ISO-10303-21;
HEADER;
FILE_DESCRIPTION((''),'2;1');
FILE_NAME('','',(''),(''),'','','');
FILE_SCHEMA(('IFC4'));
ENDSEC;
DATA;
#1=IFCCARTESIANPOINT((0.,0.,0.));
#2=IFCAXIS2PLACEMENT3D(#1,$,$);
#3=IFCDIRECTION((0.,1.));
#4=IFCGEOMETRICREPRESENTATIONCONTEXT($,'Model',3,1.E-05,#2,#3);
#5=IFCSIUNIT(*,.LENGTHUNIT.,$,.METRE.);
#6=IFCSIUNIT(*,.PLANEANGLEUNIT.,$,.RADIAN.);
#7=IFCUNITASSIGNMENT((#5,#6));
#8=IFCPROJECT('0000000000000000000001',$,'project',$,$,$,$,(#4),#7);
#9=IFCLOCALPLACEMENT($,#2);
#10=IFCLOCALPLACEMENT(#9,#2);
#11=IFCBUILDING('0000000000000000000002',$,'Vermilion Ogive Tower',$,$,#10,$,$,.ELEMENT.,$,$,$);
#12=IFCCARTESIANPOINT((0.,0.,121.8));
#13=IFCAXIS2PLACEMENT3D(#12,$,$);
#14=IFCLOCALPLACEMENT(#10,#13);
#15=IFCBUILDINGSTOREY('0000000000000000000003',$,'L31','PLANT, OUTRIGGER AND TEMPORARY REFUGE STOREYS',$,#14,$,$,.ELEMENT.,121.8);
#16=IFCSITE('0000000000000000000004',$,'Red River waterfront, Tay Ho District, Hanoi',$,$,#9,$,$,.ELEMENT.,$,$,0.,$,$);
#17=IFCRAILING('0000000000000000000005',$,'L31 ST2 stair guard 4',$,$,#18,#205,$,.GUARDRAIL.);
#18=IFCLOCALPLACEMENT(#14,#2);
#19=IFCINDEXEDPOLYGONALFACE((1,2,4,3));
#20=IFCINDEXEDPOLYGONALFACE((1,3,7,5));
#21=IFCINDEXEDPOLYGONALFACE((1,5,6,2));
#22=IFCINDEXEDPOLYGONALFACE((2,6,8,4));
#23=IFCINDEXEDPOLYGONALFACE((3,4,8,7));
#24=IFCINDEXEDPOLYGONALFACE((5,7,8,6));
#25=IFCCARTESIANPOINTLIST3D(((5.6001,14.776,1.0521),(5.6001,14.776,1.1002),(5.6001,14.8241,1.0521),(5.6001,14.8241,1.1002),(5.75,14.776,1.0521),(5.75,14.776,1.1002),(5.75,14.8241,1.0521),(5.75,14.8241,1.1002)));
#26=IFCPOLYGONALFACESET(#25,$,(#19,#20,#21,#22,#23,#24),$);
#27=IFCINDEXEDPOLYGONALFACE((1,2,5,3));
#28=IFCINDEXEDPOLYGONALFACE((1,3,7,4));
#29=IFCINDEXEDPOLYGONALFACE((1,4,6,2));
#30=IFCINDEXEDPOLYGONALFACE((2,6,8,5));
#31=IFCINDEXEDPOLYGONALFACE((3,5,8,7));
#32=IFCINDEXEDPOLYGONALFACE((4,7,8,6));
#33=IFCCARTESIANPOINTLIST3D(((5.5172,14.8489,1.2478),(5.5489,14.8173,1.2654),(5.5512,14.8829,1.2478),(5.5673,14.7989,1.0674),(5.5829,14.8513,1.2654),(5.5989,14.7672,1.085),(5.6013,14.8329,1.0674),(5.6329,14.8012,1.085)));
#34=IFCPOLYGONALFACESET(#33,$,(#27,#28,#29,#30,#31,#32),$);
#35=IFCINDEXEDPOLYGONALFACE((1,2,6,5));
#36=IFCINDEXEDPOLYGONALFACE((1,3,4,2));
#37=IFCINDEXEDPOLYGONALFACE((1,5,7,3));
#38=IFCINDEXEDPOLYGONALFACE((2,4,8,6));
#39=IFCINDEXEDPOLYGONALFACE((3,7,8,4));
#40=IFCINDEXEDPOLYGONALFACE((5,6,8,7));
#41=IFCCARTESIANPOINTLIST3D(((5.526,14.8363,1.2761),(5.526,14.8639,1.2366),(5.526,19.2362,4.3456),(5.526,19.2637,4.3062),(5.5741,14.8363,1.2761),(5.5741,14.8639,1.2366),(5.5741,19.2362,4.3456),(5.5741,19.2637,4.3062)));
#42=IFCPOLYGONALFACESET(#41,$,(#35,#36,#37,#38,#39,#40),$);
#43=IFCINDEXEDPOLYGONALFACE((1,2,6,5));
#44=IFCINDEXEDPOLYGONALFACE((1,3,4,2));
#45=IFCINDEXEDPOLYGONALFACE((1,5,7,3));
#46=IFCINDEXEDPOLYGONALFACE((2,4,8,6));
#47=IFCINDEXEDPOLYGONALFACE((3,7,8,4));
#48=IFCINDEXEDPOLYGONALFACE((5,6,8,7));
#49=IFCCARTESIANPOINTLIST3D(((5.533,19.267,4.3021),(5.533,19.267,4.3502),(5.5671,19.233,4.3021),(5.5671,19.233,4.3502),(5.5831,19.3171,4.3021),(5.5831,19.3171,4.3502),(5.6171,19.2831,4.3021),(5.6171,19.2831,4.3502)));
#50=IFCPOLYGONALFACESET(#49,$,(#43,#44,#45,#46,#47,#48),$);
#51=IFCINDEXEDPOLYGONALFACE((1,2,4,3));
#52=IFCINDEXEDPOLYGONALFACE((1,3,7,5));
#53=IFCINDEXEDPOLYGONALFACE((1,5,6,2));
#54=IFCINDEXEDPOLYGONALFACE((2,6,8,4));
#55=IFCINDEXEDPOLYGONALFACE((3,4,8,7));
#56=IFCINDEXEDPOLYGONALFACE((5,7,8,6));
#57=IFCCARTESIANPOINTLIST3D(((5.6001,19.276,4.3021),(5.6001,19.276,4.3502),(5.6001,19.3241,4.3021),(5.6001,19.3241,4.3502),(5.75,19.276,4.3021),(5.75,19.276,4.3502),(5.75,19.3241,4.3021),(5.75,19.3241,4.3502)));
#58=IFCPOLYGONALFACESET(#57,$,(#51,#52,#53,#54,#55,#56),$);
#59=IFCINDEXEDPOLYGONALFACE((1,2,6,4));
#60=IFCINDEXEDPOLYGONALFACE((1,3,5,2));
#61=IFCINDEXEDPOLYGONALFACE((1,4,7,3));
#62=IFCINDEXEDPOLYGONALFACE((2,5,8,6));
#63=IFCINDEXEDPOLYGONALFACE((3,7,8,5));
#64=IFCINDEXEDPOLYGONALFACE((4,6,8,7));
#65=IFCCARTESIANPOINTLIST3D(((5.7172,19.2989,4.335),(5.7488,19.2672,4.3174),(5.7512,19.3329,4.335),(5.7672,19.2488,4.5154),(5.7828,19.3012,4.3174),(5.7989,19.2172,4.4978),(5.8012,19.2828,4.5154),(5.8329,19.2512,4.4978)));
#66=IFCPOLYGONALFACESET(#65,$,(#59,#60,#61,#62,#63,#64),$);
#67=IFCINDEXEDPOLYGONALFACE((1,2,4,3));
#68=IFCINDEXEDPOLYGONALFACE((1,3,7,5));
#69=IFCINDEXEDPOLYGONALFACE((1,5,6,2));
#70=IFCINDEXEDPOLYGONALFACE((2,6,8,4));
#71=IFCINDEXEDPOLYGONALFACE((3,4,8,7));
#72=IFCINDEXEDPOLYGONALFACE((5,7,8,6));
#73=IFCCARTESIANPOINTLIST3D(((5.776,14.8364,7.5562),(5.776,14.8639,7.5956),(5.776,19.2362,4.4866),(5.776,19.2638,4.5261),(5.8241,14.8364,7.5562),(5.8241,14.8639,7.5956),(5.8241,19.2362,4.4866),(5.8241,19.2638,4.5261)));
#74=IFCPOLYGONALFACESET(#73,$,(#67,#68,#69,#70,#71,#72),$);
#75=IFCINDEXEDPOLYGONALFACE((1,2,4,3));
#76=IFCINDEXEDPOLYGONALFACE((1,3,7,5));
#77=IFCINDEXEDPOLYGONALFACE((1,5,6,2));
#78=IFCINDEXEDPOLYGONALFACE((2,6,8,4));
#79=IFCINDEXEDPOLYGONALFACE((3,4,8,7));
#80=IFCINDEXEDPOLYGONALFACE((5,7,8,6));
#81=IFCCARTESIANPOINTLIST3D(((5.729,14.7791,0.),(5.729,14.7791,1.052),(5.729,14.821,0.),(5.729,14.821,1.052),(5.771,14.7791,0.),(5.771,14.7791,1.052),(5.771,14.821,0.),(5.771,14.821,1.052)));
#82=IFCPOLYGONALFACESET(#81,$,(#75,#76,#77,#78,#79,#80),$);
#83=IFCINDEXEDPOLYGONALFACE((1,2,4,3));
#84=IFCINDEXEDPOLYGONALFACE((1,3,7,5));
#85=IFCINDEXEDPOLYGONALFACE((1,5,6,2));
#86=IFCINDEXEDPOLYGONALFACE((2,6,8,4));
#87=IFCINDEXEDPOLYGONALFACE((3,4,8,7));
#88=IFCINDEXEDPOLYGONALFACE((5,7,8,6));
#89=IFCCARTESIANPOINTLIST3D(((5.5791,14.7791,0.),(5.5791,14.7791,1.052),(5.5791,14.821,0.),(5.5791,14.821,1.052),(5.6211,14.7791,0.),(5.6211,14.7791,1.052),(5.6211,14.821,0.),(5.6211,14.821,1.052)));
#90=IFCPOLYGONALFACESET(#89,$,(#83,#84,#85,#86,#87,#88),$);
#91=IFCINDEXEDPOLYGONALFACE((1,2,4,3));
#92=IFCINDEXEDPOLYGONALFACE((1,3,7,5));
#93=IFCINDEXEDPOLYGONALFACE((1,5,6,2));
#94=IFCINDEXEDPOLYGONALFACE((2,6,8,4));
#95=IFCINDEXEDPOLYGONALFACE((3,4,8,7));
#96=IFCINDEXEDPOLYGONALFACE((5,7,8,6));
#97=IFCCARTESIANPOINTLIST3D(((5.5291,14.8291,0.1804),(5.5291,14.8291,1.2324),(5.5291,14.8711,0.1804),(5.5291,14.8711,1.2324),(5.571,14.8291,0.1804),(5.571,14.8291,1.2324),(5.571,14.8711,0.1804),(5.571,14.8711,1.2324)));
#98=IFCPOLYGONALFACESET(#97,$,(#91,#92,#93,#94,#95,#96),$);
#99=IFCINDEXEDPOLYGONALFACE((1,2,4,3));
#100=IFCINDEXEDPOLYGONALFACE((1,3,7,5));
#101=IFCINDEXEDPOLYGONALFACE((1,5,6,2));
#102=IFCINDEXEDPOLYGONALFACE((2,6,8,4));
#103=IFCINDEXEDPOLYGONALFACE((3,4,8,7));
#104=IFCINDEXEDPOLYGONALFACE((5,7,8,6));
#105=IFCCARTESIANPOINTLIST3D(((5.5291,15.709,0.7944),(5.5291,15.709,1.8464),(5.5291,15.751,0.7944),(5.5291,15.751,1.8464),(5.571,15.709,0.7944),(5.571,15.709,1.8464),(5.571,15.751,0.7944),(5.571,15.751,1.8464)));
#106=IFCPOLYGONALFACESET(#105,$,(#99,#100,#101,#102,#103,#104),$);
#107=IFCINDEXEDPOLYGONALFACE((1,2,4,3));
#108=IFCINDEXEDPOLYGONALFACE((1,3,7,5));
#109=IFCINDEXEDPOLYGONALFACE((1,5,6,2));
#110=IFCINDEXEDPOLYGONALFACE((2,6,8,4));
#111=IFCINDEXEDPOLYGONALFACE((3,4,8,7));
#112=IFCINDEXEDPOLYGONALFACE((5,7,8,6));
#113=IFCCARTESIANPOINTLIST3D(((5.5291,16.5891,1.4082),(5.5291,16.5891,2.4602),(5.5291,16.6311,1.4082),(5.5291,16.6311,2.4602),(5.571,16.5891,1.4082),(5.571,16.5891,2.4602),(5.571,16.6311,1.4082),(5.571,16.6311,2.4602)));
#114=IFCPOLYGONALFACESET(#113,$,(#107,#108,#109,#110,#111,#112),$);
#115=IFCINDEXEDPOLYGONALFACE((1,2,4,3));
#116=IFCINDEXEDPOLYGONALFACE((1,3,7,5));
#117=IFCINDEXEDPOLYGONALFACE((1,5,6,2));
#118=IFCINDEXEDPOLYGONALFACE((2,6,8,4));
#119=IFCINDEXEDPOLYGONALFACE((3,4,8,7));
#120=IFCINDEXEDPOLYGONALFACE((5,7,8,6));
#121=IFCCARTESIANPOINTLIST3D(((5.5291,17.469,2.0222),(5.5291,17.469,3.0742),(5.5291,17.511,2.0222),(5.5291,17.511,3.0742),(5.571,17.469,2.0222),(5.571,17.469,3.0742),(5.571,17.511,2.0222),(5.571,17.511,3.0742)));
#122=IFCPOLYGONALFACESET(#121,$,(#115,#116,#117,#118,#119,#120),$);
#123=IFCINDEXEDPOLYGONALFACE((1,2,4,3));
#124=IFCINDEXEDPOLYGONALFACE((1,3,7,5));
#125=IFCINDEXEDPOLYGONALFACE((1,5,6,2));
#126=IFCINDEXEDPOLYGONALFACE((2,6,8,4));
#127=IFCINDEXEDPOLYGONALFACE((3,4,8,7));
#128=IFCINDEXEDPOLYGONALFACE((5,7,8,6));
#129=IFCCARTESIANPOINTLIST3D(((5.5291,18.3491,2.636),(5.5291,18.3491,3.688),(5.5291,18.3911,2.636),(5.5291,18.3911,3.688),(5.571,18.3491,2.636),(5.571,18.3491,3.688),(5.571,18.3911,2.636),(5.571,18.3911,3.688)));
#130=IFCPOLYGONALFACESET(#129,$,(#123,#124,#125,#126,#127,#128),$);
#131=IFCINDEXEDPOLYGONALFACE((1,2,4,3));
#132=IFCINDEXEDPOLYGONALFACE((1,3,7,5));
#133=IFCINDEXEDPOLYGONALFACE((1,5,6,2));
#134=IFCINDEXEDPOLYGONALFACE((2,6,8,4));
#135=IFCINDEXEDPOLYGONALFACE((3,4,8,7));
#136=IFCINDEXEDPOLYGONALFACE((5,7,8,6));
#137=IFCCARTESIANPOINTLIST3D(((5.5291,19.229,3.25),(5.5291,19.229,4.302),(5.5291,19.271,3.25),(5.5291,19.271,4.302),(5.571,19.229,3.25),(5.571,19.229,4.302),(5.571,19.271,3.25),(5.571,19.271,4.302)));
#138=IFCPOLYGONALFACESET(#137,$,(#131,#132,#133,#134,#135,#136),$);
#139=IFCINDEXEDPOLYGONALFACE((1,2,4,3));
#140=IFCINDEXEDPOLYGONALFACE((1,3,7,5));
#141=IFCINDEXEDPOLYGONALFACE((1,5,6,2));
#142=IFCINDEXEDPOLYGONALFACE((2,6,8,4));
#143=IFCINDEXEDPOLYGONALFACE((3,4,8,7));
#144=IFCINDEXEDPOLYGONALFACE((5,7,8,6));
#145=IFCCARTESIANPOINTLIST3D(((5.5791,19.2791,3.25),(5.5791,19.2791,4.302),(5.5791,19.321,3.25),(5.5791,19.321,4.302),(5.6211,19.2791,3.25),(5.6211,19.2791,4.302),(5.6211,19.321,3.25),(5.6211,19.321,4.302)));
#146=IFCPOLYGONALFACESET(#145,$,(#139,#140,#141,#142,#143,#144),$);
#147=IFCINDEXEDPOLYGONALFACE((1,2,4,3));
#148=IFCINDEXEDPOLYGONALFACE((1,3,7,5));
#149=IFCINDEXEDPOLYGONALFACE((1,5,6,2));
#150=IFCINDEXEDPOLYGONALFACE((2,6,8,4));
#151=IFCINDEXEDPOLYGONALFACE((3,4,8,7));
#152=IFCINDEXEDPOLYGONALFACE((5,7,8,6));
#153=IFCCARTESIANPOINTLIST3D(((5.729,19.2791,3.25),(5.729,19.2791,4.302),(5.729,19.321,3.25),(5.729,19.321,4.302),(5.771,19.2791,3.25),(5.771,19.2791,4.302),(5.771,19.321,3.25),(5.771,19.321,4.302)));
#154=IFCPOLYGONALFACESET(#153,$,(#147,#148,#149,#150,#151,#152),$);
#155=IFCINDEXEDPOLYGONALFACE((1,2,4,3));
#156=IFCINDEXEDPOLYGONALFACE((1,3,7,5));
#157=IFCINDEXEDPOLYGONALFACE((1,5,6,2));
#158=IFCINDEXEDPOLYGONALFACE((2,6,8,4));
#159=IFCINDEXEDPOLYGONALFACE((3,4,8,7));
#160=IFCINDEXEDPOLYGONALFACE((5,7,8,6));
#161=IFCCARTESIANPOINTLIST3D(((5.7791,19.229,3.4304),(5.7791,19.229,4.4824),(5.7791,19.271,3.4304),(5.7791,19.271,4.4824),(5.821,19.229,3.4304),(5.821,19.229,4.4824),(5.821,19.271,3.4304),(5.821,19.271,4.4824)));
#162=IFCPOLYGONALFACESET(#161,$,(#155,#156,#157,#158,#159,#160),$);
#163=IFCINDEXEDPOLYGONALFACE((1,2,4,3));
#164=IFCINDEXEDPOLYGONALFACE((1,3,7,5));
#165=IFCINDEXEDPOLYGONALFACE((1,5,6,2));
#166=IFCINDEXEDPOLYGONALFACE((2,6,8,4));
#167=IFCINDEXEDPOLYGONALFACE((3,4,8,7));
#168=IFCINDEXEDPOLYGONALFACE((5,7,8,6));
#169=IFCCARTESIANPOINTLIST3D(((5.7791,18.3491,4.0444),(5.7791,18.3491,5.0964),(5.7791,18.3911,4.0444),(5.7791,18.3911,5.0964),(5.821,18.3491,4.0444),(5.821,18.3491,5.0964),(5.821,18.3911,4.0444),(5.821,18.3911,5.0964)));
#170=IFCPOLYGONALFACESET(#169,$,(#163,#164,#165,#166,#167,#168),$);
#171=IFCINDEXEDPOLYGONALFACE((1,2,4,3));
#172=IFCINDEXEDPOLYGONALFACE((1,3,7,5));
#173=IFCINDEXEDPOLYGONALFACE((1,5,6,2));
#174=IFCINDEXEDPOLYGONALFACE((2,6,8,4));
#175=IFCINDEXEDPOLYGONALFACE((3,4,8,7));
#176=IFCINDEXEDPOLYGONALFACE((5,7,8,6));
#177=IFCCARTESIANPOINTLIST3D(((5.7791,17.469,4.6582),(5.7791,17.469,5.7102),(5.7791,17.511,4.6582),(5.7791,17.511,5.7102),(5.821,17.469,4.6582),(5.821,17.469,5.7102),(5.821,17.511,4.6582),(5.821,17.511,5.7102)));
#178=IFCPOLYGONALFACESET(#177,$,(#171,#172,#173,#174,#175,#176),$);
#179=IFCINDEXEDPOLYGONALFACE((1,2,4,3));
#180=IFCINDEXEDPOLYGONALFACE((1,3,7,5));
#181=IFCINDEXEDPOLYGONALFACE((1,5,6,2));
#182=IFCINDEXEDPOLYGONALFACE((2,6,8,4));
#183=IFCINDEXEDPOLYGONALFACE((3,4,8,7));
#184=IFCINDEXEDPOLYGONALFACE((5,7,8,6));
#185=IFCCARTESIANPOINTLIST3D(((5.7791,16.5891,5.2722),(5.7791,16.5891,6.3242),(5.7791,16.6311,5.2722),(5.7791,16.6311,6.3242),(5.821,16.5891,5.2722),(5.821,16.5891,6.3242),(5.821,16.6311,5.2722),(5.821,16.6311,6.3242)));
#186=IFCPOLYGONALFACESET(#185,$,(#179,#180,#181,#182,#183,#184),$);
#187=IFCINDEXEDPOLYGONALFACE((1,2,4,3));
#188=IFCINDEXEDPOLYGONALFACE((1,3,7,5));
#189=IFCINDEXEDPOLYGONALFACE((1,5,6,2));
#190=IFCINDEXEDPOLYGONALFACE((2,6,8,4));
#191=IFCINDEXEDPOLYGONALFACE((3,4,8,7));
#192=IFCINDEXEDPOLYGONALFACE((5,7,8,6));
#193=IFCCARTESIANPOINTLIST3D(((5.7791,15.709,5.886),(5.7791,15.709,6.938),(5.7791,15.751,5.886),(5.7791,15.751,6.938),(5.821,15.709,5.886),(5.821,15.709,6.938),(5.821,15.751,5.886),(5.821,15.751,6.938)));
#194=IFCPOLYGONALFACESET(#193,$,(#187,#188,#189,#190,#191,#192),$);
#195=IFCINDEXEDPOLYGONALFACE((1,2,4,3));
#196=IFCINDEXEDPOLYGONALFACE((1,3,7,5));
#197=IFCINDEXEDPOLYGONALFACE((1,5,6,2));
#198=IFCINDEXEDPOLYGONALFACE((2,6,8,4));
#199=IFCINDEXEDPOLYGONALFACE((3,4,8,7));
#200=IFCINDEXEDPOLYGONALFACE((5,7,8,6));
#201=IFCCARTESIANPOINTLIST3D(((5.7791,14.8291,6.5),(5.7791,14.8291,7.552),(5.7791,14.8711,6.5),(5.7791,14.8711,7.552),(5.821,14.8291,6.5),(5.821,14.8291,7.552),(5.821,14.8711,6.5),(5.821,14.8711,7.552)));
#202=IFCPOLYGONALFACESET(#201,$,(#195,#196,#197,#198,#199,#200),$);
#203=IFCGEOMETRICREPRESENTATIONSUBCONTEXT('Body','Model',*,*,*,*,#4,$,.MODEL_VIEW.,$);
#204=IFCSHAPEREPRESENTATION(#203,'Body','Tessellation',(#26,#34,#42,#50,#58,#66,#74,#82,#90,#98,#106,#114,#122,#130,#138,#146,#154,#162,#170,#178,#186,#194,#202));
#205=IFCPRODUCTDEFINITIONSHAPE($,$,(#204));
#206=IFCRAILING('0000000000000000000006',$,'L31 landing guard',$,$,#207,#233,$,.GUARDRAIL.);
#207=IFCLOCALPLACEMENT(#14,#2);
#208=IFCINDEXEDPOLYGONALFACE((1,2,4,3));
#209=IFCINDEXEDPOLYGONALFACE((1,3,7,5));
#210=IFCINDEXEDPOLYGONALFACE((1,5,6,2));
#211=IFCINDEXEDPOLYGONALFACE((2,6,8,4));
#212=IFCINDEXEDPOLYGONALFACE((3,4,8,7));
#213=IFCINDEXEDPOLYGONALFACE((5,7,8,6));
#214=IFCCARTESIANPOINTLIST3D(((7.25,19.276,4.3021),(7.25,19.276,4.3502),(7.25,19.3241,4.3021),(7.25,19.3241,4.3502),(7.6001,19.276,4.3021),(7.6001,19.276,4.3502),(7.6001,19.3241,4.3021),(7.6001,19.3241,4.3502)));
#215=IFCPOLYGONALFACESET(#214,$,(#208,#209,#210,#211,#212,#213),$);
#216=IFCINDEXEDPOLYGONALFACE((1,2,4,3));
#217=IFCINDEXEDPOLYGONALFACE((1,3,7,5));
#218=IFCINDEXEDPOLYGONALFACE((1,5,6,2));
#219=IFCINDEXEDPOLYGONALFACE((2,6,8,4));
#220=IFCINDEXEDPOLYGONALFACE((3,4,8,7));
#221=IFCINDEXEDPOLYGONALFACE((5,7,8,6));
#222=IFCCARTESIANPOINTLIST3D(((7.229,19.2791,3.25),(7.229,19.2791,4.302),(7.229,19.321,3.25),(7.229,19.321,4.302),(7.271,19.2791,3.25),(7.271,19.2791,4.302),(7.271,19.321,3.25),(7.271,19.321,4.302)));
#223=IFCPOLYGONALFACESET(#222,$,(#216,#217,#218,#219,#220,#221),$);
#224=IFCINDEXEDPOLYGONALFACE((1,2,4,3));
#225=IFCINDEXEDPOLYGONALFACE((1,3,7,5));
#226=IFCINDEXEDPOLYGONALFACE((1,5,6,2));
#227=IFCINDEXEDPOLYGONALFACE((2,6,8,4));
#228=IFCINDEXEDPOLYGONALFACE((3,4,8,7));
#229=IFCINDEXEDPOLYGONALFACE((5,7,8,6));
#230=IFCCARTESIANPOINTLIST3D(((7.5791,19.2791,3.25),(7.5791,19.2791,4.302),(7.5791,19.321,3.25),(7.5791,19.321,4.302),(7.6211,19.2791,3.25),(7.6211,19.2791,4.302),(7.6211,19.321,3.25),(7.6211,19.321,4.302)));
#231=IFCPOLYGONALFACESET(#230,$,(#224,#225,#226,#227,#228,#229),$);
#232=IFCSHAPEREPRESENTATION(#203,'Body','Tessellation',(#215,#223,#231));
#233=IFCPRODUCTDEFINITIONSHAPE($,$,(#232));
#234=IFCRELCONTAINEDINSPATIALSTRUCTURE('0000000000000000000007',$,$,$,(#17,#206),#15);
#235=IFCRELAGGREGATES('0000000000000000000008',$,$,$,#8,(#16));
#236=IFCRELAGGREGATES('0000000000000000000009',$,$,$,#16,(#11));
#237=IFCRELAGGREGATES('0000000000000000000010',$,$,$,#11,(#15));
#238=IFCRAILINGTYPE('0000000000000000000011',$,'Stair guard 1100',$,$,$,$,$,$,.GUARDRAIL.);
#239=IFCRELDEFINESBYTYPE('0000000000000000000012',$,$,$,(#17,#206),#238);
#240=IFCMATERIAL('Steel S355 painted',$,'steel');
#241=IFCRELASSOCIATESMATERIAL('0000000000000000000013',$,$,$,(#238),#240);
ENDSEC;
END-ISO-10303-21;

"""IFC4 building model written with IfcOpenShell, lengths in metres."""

from ifc_helpers import new_model, si_unit, direction, frame, origin, origin_2d, place, context, subcontext, project, spatial, rectangle, extrude, material, type_object, element, save


model = new_model("IFC4")

# Units and contexts
model_context = context("Model", 3, precision=1e-05, world=origin(), true_north=direction((0.0, 1.0)))
body_context = subcontext(model_context, "Body", "Model", "MODEL_VIEW")
ifc_project = project(units=[si_unit("LENGTHUNIT", "METRE"), si_unit("PLANEANGLEUNIT", "RADIAN")], contexts=[model_context])

# Site, building, storey
site_placement = place(None, origin())
site = spatial("IfcSite", under=ifc_project, at=site_placement, Name="Red River waterfront, Tay Ho District, Hanoi", CompositionType="ELEMENT", RefElevation=0.0)
building_placement = place(site_placement, origin())
building = spatial("IfcBuilding", under=site, at=building_placement, Name="Vermilion Ogive Tower", CompositionType="ELEMENT")
storey_placement = place(building_placement, frame((0.0, 0.0, 121.8)))
storey = spatial("IfcBuildingStorey", under=building, at=storey_placement, Name="L31", Description="PLANT, OUTRIGGER AND TEMPORARY REFUGE STOREYS", CompositionType="ELEMENT", Elevation=121.8)

# Railings
ifc_material_1 = material(Name="Steel S355 painted", Category="steel")
railing_type_1 = type_object("IfcRailingType", Name="Stair guard 1100", PredefinedType="GUARDRAIL", material=ifc_material_1)
railing_1_placement = place(storey_placement, frame((5.75, 14.8, 0.0)))
element("IfcRailing", 1, at=railing_1_placement, inside=storey, type_object=railing_type_1, Name="L31 ST2 stair guard 4", PredefinedType="GUARDRAIL", context=body_context, shape_type="SweptSolid", body=[
    extrude(rectangle(XDim=0.0481, YDim=0.0481, at=origin_2d()), frame((0.0, 0.0, 1.0762), z_axis=(-1.0, 0.0, 0.0), x_axis=(0.0, -1.0, 0.0)), (0.0, 0.0, 1.0), 0.1499),
    extrude(rectangle(XDim=0.0481, YDim=0.0481, at=origin_2d()), frame((-0.1499, 0.0, 1.0762), z_axis=(-0.258241, 0.258241, 0.930926), x_axis=(-0.707107, -0.707107, 0.0)), (0.0, 0.0, 1.0), 0.1938),
    extrude(rectangle(XDim=0.0481, YDim=0.0481, at=origin_2d()), frame((-0.2, 0.05, 1.2563), z_axis=(0.0, 0.820137, 0.572167), x_axis=(-1.0, 0.0, 0.0)), (0.0, 0.0, 1.0), 5.3647),
    extrude(rectangle(XDim=0.0481, YDim=0.0481, at=origin_2d()), frame((-0.2, 4.45, 4.3262), z_axis=(0.707107, 0.707107, 0.0), x_axis=(-0.707107, 0.707107, 0.0)), (0.0, 0.0, 1.0), 0.0708),
    extrude(rectangle(XDim=0.0481, YDim=0.0481, at=origin_2d()), frame((-0.1499, 4.5, 4.3262), z_axis=(1.0, 0.0, 0.0), x_axis=(0.0, 1.0, 0.0)), (0.0, 0.0, 1.0), 0.1499),
    extrude(rectangle(XDim=0.0481, YDim=0.0481, at=origin_2d()), frame((0.0, 4.5, 4.3262), z_axis=(0.258241, -0.258241, 0.930926), x_axis=(0.707107, 0.707107, 0.0)), (0.0, 0.0, 1.0), 0.1938),
    extrude(rectangle(XDim=0.0481, YDim=0.0481, at=origin_2d()), frame((0.05, 4.45, 4.5063), z_axis=(0.0, -0.820137, 0.572167), x_axis=(1.0, 0.0, 0.0)), (0.0, 0.0, 1.0), 5.3647),
    extrude(rectangle(XDim=0.042, YDim=0.042, at=origin_2d()), origin(), (0.0, 0.0, 1.0), 1.052),
    extrude(rectangle(XDim=0.042, YDim=0.042, at=origin_2d()), frame((-0.1499, 0.0, 0.0)), (0.0, 0.0, 1.0), 1.052),
    extrude(rectangle(XDim=0.042, YDim=0.042, at=origin_2d()), frame((-0.2, 0.05, 0.1804)), (0.0, 0.0, 1.0), 1.052),
    extrude(rectangle(XDim=0.042, YDim=0.042, at=origin_2d()), frame((-0.2, 0.9299, 0.7944)), (0.0, 0.0, 1.0), 1.052),
    extrude(rectangle(XDim=0.042, YDim=0.042, at=origin_2d()), frame((-0.2, 1.8101, 1.4082)), (0.0, 0.0, 1.0), 1.052),
    extrude(rectangle(XDim=0.042, YDim=0.042, at=origin_2d()), frame((-0.2, 2.6899, 2.0222)), (0.0, 0.0, 1.0), 1.052),
    extrude(rectangle(XDim=0.042, YDim=0.042, at=origin_2d()), frame((-0.2, 3.5701, 2.636)), (0.0, 0.0, 1.0), 1.052),
    extrude(rectangle(XDim=0.042, YDim=0.042, at=origin_2d()), frame((-0.2, 4.45, 3.25)), (0.0, 0.0, 1.0), 1.052),
    extrude(rectangle(XDim=0.042, YDim=0.042, at=origin_2d()), frame((-0.1499, 4.5, 3.25)), (0.0, 0.0, 1.0), 1.052),
    extrude(rectangle(XDim=0.042, YDim=0.042, at=origin_2d()), frame((0.0, 4.5, 3.25)), (0.0, 0.0, 1.0), 1.052),
    extrude(rectangle(XDim=0.042, YDim=0.042, at=origin_2d()), frame((0.05, 4.45, 3.4304)), (0.0, 0.0, 1.0), 1.052),
    extrude(rectangle(XDim=0.042, YDim=0.042, at=origin_2d()), frame((0.05, 3.5701, 4.0444)), (0.0, 0.0, 1.0), 1.052),
    extrude(rectangle(XDim=0.042, YDim=0.042, at=origin_2d()), frame((0.05, 2.6899, 4.6582)), (0.0, 0.0, 1.0), 1.052),
    extrude(rectangle(XDim=0.042, YDim=0.042, at=origin_2d()), frame((0.05, 1.8101, 5.2722)), (0.0, 0.0, 1.0), 1.052),
    extrude(rectangle(XDim=0.042, YDim=0.042, at=origin_2d()), frame((0.05, 0.9299, 5.886)), (0.0, 0.0, 1.0), 1.052),
    extrude(rectangle(XDim=0.042, YDim=0.042, at=origin_2d()), frame((0.05, 0.05, 6.5)), (0.0, 0.0, 1.0), 1.052),
])
railing_2_placement = place(storey_placement, frame((7.25, 19.3, 3.25)))
element("IfcRailing", 2, at=railing_2_placement, inside=storey, type_object=railing_type_1, Name="L31 landing guard", PredefinedType="GUARDRAIL", context=body_context, shape_type="SweptSolid", body=[
    extrude(rectangle(XDim=0.0481, YDim=0.0481, at=origin_2d()), frame((0.0, 0.0, 1.0762), z_axis=(1.0, 0.0, 0.0), x_axis=(0.0, 1.0, 0.0)), (0.0, 0.0, 1.0), 0.3501),
    extrude(rectangle(XDim=0.042, YDim=0.042, at=origin_2d()), origin(), (0.0, 0.0, 1.0), 1.052),
    extrude(rectangle(XDim=0.042, YDim=0.042, at=origin_2d()), frame((0.3501, 0.0, 0.0)), (0.0, 0.0, 1.0), 1.052),
])

save(model, "model.ifc")
